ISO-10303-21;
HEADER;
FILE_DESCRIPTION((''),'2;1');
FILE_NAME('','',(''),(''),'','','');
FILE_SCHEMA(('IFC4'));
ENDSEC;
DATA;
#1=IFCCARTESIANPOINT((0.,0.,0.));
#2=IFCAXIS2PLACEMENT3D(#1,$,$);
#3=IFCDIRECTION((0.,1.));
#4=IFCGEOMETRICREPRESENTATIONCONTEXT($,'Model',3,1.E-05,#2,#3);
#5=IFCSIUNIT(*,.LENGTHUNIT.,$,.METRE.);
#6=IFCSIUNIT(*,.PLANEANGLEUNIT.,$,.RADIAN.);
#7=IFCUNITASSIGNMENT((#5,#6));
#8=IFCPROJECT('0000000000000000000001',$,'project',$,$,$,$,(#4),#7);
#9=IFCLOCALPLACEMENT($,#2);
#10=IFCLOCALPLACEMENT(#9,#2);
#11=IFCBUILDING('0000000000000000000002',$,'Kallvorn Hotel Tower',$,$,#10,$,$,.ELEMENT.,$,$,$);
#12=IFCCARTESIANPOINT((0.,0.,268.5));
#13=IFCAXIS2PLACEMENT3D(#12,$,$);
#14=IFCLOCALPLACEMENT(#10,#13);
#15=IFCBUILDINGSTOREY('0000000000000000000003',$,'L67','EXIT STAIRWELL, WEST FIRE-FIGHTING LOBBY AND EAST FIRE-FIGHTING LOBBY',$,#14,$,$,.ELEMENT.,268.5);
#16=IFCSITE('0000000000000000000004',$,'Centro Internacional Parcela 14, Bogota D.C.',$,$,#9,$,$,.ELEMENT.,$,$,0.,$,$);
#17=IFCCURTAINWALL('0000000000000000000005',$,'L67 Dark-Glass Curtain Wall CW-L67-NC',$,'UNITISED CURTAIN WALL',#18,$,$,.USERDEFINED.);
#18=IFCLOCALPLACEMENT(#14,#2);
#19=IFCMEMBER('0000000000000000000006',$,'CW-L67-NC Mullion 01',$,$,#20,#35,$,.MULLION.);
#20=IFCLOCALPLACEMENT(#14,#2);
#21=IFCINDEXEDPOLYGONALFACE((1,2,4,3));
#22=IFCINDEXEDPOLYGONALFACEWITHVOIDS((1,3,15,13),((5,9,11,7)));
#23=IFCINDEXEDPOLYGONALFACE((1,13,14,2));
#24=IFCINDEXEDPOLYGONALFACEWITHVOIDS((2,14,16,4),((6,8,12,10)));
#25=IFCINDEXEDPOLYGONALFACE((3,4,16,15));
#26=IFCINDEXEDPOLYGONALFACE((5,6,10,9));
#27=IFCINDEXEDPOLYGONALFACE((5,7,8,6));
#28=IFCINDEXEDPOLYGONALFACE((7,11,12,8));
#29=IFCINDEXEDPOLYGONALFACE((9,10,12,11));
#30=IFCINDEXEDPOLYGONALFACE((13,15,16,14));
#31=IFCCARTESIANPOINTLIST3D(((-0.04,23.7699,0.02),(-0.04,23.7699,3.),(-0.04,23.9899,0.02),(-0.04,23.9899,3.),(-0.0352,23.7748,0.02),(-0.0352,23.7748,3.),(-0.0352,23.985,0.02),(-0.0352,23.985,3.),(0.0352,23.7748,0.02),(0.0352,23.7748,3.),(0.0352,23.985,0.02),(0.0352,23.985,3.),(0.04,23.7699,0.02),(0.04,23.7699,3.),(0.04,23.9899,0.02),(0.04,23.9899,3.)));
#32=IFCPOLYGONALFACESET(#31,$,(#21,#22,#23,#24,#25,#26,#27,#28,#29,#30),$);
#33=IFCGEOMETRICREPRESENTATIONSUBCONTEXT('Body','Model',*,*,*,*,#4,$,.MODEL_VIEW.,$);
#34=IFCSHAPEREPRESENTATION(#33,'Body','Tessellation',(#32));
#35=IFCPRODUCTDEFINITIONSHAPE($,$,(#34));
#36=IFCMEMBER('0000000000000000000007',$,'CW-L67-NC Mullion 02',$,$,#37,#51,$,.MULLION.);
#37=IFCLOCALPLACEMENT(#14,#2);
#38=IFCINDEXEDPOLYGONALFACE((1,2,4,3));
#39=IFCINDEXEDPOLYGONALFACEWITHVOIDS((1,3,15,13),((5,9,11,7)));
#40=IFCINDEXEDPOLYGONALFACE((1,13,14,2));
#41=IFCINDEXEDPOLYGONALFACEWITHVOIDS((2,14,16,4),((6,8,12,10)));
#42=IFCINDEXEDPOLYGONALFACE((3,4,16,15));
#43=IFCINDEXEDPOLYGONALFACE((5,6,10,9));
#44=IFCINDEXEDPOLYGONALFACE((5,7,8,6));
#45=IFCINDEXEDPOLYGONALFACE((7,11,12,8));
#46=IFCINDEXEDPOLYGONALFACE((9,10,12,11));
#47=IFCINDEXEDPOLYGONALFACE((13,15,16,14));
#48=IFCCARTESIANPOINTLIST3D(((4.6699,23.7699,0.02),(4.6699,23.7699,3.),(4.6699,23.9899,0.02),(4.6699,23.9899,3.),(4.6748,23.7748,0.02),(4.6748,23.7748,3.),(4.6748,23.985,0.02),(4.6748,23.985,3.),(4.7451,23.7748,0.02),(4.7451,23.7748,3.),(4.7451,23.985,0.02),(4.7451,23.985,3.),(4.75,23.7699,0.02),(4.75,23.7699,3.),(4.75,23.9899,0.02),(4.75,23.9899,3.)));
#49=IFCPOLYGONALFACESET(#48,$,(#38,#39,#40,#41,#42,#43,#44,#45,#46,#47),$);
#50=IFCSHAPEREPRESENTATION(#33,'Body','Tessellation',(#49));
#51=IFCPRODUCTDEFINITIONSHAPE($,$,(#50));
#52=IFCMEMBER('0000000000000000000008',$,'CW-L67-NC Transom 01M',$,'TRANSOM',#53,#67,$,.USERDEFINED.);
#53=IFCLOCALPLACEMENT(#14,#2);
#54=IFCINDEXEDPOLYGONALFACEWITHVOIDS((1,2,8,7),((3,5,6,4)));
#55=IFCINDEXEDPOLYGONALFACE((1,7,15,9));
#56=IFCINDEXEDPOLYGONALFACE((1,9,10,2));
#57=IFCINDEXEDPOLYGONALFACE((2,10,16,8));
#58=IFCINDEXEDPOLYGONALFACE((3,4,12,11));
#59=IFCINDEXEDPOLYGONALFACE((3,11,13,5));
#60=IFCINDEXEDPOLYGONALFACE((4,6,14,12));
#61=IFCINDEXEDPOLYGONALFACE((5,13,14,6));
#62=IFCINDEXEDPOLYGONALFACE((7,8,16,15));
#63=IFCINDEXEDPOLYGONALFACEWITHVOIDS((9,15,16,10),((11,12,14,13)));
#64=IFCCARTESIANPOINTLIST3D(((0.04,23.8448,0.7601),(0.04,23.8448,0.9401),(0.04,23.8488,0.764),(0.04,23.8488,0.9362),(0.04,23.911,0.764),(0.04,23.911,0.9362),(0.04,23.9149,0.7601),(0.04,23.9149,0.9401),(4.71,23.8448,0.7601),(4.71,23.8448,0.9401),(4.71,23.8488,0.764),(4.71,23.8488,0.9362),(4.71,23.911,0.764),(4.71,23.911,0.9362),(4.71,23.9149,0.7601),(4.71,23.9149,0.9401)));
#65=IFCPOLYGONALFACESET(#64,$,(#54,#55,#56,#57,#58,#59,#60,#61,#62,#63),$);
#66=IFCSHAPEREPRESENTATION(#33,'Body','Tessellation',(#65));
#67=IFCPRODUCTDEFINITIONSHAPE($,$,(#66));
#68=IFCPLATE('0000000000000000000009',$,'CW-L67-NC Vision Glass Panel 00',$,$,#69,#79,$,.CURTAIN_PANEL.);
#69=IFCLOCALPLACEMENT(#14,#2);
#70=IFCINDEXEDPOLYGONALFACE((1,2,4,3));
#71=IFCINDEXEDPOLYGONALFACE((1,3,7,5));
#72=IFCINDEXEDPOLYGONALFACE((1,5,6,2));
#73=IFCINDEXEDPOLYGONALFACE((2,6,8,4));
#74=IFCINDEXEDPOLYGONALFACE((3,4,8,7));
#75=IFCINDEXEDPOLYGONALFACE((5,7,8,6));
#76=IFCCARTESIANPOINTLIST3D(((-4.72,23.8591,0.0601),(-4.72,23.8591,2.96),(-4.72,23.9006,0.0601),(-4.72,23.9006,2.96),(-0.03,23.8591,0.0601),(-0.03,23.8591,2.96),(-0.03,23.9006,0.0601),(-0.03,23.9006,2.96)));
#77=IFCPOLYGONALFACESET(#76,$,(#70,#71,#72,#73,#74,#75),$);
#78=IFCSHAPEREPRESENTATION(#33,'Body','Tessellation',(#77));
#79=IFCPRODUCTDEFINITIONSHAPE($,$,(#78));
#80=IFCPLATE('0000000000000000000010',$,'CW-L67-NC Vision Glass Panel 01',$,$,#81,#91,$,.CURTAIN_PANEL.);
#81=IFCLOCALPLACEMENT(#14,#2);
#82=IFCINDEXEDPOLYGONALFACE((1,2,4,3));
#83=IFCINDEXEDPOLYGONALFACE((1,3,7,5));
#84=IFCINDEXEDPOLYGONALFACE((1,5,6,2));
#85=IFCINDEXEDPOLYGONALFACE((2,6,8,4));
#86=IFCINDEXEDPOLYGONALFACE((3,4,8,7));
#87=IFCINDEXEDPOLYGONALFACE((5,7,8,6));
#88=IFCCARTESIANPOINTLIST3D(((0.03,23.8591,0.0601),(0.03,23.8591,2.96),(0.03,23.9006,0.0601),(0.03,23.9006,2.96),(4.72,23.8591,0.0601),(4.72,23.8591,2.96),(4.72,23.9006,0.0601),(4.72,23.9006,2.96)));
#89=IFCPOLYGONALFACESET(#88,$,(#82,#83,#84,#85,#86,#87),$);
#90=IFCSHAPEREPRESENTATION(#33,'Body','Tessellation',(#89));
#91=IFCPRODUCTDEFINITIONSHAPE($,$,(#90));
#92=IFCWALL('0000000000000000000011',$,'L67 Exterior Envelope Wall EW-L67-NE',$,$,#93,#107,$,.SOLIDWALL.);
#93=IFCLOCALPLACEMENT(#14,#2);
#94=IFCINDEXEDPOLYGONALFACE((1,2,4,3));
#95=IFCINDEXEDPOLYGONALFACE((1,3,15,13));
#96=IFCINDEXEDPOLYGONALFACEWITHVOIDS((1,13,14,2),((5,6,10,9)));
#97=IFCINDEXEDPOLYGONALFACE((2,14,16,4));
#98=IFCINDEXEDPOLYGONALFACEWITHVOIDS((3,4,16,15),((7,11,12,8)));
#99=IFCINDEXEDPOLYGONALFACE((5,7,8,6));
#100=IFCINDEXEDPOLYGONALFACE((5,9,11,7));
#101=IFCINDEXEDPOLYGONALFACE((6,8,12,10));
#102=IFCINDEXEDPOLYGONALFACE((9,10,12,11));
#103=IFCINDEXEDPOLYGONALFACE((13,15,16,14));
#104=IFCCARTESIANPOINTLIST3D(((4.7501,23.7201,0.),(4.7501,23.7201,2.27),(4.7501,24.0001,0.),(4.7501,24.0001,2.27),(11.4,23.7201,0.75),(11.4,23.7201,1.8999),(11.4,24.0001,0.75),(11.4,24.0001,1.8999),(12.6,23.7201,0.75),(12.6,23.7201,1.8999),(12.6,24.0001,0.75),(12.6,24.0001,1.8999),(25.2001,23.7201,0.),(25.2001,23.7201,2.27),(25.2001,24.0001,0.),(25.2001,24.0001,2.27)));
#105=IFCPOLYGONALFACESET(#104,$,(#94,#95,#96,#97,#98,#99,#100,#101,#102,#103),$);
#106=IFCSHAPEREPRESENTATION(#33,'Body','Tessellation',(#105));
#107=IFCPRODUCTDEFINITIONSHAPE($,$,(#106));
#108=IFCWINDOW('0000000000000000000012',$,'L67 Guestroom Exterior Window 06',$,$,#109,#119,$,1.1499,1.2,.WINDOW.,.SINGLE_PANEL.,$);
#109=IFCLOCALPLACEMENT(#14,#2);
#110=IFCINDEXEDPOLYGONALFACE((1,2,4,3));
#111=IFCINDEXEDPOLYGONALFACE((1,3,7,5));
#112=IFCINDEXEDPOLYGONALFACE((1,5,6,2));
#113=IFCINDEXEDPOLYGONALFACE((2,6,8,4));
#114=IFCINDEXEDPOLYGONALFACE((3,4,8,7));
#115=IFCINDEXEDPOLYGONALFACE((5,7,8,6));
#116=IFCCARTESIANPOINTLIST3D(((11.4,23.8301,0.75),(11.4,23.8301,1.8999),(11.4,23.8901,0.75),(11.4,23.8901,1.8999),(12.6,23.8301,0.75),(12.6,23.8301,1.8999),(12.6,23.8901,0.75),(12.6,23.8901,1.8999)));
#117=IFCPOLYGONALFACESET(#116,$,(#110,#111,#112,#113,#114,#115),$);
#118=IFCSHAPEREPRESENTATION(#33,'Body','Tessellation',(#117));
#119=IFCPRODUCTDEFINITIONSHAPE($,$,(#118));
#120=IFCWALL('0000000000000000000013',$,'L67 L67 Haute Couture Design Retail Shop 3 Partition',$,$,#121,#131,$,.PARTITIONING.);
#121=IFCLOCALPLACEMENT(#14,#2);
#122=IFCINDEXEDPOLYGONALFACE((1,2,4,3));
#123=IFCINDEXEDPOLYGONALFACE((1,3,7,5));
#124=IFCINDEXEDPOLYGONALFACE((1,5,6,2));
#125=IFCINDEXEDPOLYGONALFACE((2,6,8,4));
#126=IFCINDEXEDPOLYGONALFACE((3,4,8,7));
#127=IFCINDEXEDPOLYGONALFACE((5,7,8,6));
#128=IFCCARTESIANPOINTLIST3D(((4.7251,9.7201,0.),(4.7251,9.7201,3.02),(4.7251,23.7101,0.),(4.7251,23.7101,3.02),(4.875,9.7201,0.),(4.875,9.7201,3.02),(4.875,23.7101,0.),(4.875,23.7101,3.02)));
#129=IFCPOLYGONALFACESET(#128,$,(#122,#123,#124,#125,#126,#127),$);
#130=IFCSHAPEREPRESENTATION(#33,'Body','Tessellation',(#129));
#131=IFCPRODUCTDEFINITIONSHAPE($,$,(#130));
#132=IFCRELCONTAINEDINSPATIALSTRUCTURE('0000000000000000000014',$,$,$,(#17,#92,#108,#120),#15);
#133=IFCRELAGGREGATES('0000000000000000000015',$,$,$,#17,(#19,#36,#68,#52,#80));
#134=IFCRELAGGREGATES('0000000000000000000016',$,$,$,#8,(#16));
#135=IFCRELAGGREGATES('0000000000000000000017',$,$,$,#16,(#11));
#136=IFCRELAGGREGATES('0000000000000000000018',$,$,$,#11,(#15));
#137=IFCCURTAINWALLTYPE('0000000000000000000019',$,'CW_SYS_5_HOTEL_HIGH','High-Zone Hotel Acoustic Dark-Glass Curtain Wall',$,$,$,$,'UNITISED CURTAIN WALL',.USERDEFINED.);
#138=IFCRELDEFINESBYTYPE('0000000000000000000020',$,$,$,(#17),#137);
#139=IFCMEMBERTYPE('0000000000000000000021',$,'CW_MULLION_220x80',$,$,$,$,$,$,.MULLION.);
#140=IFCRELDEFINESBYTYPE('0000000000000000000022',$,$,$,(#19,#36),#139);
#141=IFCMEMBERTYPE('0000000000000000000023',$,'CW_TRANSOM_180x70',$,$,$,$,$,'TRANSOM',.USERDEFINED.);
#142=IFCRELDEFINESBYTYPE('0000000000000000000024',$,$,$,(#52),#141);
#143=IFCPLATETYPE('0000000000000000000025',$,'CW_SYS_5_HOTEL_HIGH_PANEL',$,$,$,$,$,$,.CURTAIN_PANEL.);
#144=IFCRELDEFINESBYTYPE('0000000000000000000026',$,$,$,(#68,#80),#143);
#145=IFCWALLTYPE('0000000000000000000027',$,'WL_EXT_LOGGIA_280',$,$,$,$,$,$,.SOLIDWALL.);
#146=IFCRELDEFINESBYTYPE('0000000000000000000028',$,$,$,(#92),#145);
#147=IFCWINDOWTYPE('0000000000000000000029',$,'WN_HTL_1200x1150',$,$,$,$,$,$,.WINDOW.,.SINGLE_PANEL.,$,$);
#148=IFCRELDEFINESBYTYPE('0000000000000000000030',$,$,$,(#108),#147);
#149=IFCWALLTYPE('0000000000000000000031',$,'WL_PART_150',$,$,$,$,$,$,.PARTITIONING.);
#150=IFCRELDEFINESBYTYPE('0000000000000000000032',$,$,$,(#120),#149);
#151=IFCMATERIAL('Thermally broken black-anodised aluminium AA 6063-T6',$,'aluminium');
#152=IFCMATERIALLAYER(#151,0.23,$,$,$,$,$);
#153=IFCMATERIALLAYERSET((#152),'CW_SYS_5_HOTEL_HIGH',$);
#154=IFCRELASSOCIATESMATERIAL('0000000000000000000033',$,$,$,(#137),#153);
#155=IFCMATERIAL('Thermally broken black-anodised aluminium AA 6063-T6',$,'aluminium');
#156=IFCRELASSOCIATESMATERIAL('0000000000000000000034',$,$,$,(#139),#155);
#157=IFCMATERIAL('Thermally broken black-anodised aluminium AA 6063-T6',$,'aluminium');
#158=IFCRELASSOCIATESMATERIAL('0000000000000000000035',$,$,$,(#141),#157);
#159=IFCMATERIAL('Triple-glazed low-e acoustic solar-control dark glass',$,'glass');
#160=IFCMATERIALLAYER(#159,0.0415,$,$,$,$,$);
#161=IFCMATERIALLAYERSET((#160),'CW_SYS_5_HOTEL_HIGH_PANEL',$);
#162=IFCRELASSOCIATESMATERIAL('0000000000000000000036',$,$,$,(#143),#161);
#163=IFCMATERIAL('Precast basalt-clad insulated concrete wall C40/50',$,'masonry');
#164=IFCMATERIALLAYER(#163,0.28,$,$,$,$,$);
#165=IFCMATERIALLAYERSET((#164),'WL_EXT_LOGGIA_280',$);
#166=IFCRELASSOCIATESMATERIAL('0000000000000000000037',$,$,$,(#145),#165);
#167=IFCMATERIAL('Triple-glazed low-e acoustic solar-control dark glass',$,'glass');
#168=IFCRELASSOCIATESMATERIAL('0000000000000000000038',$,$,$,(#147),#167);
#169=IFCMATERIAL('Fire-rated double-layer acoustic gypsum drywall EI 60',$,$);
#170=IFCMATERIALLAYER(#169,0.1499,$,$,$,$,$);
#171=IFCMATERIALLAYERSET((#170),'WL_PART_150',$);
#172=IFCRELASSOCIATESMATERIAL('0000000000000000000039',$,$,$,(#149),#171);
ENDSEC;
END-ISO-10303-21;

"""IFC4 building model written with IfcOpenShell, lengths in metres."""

from ifc_helpers import new_model, si_unit, direction, frame, frame_2d, origin, origin_2d, place, context, subcontext, project, spatial, rectangle, hollow_rectangle, extrude, material, layer, layer_set, material_profile, profile_set, type_object, element, fill, aggregate, save


model = new_model("IFC4")

# Units and contexts
model_context = context("Model", 3, precision=1e-05, world=origin(), true_north=direction((0.0, 1.0)))
body_context = subcontext(model_context, "Body", "Model", "MODEL_VIEW")
ifc_project = project(units=[si_unit("LENGTHUNIT", "METRE"), si_unit("PLANEANGLEUNIT", "RADIAN")], contexts=[model_context])

# Site, building, storey
site_placement = place(None, origin())
site = spatial("IfcSite", under=ifc_project, at=site_placement, Name="Centro Internacional Parcela 14, Bogota D.C.", CompositionType="ELEMENT", RefElevation=0.0)
building_placement = place(site_placement, origin())
building = spatial("IfcBuilding", under=site, at=building_placement, Name="Kallvorn Hotel Tower", CompositionType="ELEMENT")
storey_placement = place(building_placement, frame((0.0, 0.0, 268.5)))
storey = spatial("IfcBuildingStorey", under=building, at=storey_placement, Name="L67", Description="EXIT STAIRWELL, WEST FIRE-FIGHTING LOBBY AND EAST FIRE-FIGHTING LOBBY", CompositionType="ELEMENT", Elevation=268.5)

# Curtain wall, members, plates
ifc_material_1 = material(Name="Thermally broken black-anodised aluminium AA 6063-T6", Category="aluminium")
ifc_layer_1 = layer(ifc_material_1, 0.23)
ifc_layer_set_1 = layer_set([ifc_layer_1], Name="CW_SYS_5_HOTEL_HIGH")
curtain_wall_type = type_object("IfcCurtainWallType", Name="CW_SYS_5_HOTEL_HIGH", Description="High-Zone Hotel Acoustic Dark-Glass Curtain Wall", ElementType="UNITISED CURTAIN WALL", PredefinedType="USERDEFINED", material=ifc_layer_set_1)
curtain_wall_placement = place(storey_placement, origin())
curtain_wall = element("IfcCurtainWall", 1, at=curtain_wall_placement, inside=storey, type_object=curtain_wall_type, Name="L67 Dark-Glass Curtain Wall CW-L67-NC", ObjectType="UNITISED CURTAIN WALL", PredefinedType="USERDEFINED")
ifc_material_2 = material(Name="Thermally broken black-anodised aluminium AA 6063-T6", Category="aluminium")
ifc_material_profile_1 = material_profile(ifc_material_2, hollow_rectangle(XDim=0.0801, YDim=0.22, WallThickness=0.0049, at=origin_2d()), Name="MUL 220x80")
ifc_profile_set_1 = profile_set([ifc_material_profile_1], Name="Thermally broken black-anodised aluminium AA 6063-T6")
member_type_1 = type_object("IfcMemberType", Name="CW_MULLION_220x80", PredefinedType="MULLION", material=ifc_profile_set_1)
member_1_placement = place(storey_placement, frame((0.0, 23.8799, 0.02), z_axis=(0.0, 0.0, 1.0), x_axis=(1.0, 0.0, 0.0)))
member_1 = element("IfcMember", 2, at=member_1_placement, type_object=member_type_1, Name="CW-L67-NC Mullion 01", PredefinedType="MULLION", context=body_context, shape_type="SweptSolid", body=[
    extrude(hollow_rectangle(XDim=0.0801, YDim=0.22, WallThickness=0.0049, at=origin_2d()), origin(), (0.0, 0.0, 1.0), 2.98),
])
member_2_placement = place(storey_placement, frame((4.71, 23.8799, 0.02), z_axis=(0.0, 0.0, 1.0), x_axis=(1.0, 0.0, 0.0)))
member_2 = element("IfcMember", 3, at=member_2_placement, type_object=member_type_1, Name="CW-L67-NC Mullion 02", PredefinedType="MULLION", context=body_context, shape_type="SweptSolid", body=[
    extrude(hollow_rectangle(XDim=0.0801, YDim=0.22, WallThickness=0.0049, at=origin_2d()), origin(), (0.0, 0.0, 1.0), 2.98),
])
ifc_material_3 = material(Name="Thermally broken black-anodised aluminium AA 6063-T6", Category="aluminium")
ifc_material_profile_2 = material_profile(ifc_material_3, hollow_rectangle(XDim=0.0701, YDim=0.1799, WallThickness=0.0039, at=origin_2d()), Name="TRN 180x70")
ifc_profile_set_2 = profile_set([ifc_material_profile_2], Name="Thermally broken black-anodised aluminium AA 6063-T6")
member_type_2 = type_object("IfcMemberType", Name="CW_TRANSOM_180x70", ElementType="TRANSOM", PredefinedType="USERDEFINED", material=ifc_profile_set_2)
member_3_placement = place(storey_placement, frame((0.04, 23.8799, 0.8501), z_axis=(1.0, 0.0, 0.0), x_axis=(0.0, 1.0, 0.0)))
member_3 = element("IfcMember", 4, at=member_3_placement, type_object=member_type_2, Name="CW-L67-NC Transom 01M", ObjectType="TRANSOM", PredefinedType="USERDEFINED", context=body_context, shape_type="SweptSolid", body=[
    extrude(hollow_rectangle(XDim=0.0701, YDim=0.1799, WallThickness=0.0039, at=origin_2d()), origin(), (0.0, 0.0, 1.0), 4.6699),
])
ifc_material_4 = material(Name="Triple-glazed low-e acoustic solar-control dark glass", Category="glass")
ifc_layer_2 = layer(ifc_material_4, 0.0415)
ifc_layer_set_2 = layer_set([ifc_layer_2], Name="CW_SYS_5_HOTEL_HIGH_PANEL")
plate_type = type_object("IfcPlateType", Name="CW_SYS_5_HOTEL_HIGH_PANEL", PredefinedType="CURTAIN_PANEL", material=ifc_layer_set_2)
plate_1_placement = place(storey_placement, frame((-2.375, 23.8799, 0.0601), z_axis=(0.0, 0.0, 1.0), x_axis=(1.0, 0.0, 0.0)))
plate_1 = element("IfcPlate", 5, at=plate_1_placement, type_object=plate_type, Name="CW-L67-NC Vision Glass Panel 00", PredefinedType="CURTAIN_PANEL", context=body_context, shape_type="SweptSolid", body=[
    extrude(rectangle(XDim=4.6899, YDim=0.0415, at=origin_2d()), origin(), (0.0, 0.0, 1.0), 2.8999),
])
plate_2_placement = place(storey_placement, frame((2.375, 23.8799, 0.0601), z_axis=(0.0, 0.0, 1.0), x_axis=(1.0, 0.0, 0.0)))
plate_2 = element("IfcPlate", 6, at=plate_2_placement, type_object=plate_type, Name="CW-L67-NC Vision Glass Panel 01", PredefinedType="CURTAIN_PANEL", context=body_context, shape_type="SweptSolid", body=[
    extrude(rectangle(XDim=4.6899, YDim=0.0415, at=origin_2d()), origin(), (0.0, 0.0, 1.0), 2.8999),
])
aggregate(curtain_wall, [member_1, member_2, plate_1, member_3, plate_2])

# Wall, opening, window
ifc_material_5 = material(Name="Precast basalt-clad insulated concrete wall C40/50", Category="masonry")
ifc_layer_3 = layer(ifc_material_5, 0.28)
ifc_layer_set_3 = layer_set([ifc_layer_3], Name="WL_EXT_LOGGIA_280")
wall_type_1 = type_object("IfcWallType", Name="WL_EXT_LOGGIA_280", PredefinedType="SOLIDWALL", material=ifc_layer_set_3)
wall_1_placement = place(storey_placement, frame((4.75, 23.8601, 0.0), z_axis=(0.0, 0.0, 1.0), x_axis=(1.0, 0.0, 0.0)))
wall_1 = element("IfcWall", 7, at=wall_1_placement, inside=storey, type_object=wall_type_1, Name="L67 Exterior Envelope Wall EW-L67-NE", PredefinedType="SOLIDWALL", context=body_context, shape_type="SweptSolid", body=[
    extrude(rectangle(XDim=20.45, YDim=0.28, at=frame_2d((10.2251, 0.0))), origin(), (0.0, 0.0, 1.0), 2.27),
])
opening_placement = place(wall_1_placement, frame((6.6499, 0.0, 0.75)))
opening = element("IfcOpeningElement", 8, at=opening_placement, cuts=wall_1, PredefinedType="OPENING", context=body_context, shape_type="SweptSolid", body=[
    extrude(rectangle(XDim=1.2, YDim=1.1499, at=frame_2d((0.6001, 0.575))), frame((0.0, 0.155, 0.0), z_axis=(0.0, -1.0, 0.0), x_axis=(1.0, 0.0, 0.0)), (0.0, 0.0, 1.0), 0.3101),
])
ifc_material_6 = material(Name="Triple-glazed low-e acoustic solar-control dark glass", Category="glass")
window_type = type_object("IfcWindowType", Name="WN_HTL_1200x1150", PartitioningType="SINGLE_PANEL", PredefinedType="WINDOW", material=ifc_material_6)
window_placement = place(opening_placement, origin())
window = element("IfcWindow", 9, at=window_placement, inside=storey, type_object=window_type, Name="L67 Guestroom Exterior Window 06", OverallHeight=1.1499, OverallWidth=1.2, PartitioningType="SINGLE_PANEL", PredefinedType="WINDOW", context=body_context, shape_type="SweptSolid", body=[
    extrude(rectangle(XDim=1.2, YDim=1.1499, at=frame_2d((0.6001, 0.575))), frame((0.0, 0.03, 0.0), z_axis=(0.0, -1.0, 0.0), x_axis=(1.0, 0.0, 0.0)), (0.0, 0.0, 1.0), 0.0601),
])
fill(opening, window)

# Wall
ifc_material_7 = material(Name="Fire-rated double-layer acoustic gypsum drywall EI 60")
ifc_layer_4 = layer(ifc_material_7, 0.1499)
ifc_layer_set_4 = layer_set([ifc_layer_4], Name="WL_PART_150")
wall_type_2 = type_object("IfcWallType", Name="WL_PART_150", PredefinedType="PARTITIONING", material=ifc_layer_set_4)
wall_2_placement = place(storey_placement, frame((4.8, 9.72, 0.0), z_axis=(0.0, 0.0, 1.0), x_axis=(0.0, 1.0, 0.0)))
element("IfcWall", 10, at=wall_2_placement, inside=storey, type_object=wall_type_2, Name="L67 L67 Haute Couture Design Retail Shop 3 Partition", PredefinedType="PARTITIONING", context=body_context, shape_type="SweptSolid", body=[
    extrude(rectangle(XDim=13.99, YDim=0.1499, at=frame_2d((6.9951, 0.0))), origin(), (0.0, 0.0, 1.0), 3.02),
])

save(model, "model.ifc")
